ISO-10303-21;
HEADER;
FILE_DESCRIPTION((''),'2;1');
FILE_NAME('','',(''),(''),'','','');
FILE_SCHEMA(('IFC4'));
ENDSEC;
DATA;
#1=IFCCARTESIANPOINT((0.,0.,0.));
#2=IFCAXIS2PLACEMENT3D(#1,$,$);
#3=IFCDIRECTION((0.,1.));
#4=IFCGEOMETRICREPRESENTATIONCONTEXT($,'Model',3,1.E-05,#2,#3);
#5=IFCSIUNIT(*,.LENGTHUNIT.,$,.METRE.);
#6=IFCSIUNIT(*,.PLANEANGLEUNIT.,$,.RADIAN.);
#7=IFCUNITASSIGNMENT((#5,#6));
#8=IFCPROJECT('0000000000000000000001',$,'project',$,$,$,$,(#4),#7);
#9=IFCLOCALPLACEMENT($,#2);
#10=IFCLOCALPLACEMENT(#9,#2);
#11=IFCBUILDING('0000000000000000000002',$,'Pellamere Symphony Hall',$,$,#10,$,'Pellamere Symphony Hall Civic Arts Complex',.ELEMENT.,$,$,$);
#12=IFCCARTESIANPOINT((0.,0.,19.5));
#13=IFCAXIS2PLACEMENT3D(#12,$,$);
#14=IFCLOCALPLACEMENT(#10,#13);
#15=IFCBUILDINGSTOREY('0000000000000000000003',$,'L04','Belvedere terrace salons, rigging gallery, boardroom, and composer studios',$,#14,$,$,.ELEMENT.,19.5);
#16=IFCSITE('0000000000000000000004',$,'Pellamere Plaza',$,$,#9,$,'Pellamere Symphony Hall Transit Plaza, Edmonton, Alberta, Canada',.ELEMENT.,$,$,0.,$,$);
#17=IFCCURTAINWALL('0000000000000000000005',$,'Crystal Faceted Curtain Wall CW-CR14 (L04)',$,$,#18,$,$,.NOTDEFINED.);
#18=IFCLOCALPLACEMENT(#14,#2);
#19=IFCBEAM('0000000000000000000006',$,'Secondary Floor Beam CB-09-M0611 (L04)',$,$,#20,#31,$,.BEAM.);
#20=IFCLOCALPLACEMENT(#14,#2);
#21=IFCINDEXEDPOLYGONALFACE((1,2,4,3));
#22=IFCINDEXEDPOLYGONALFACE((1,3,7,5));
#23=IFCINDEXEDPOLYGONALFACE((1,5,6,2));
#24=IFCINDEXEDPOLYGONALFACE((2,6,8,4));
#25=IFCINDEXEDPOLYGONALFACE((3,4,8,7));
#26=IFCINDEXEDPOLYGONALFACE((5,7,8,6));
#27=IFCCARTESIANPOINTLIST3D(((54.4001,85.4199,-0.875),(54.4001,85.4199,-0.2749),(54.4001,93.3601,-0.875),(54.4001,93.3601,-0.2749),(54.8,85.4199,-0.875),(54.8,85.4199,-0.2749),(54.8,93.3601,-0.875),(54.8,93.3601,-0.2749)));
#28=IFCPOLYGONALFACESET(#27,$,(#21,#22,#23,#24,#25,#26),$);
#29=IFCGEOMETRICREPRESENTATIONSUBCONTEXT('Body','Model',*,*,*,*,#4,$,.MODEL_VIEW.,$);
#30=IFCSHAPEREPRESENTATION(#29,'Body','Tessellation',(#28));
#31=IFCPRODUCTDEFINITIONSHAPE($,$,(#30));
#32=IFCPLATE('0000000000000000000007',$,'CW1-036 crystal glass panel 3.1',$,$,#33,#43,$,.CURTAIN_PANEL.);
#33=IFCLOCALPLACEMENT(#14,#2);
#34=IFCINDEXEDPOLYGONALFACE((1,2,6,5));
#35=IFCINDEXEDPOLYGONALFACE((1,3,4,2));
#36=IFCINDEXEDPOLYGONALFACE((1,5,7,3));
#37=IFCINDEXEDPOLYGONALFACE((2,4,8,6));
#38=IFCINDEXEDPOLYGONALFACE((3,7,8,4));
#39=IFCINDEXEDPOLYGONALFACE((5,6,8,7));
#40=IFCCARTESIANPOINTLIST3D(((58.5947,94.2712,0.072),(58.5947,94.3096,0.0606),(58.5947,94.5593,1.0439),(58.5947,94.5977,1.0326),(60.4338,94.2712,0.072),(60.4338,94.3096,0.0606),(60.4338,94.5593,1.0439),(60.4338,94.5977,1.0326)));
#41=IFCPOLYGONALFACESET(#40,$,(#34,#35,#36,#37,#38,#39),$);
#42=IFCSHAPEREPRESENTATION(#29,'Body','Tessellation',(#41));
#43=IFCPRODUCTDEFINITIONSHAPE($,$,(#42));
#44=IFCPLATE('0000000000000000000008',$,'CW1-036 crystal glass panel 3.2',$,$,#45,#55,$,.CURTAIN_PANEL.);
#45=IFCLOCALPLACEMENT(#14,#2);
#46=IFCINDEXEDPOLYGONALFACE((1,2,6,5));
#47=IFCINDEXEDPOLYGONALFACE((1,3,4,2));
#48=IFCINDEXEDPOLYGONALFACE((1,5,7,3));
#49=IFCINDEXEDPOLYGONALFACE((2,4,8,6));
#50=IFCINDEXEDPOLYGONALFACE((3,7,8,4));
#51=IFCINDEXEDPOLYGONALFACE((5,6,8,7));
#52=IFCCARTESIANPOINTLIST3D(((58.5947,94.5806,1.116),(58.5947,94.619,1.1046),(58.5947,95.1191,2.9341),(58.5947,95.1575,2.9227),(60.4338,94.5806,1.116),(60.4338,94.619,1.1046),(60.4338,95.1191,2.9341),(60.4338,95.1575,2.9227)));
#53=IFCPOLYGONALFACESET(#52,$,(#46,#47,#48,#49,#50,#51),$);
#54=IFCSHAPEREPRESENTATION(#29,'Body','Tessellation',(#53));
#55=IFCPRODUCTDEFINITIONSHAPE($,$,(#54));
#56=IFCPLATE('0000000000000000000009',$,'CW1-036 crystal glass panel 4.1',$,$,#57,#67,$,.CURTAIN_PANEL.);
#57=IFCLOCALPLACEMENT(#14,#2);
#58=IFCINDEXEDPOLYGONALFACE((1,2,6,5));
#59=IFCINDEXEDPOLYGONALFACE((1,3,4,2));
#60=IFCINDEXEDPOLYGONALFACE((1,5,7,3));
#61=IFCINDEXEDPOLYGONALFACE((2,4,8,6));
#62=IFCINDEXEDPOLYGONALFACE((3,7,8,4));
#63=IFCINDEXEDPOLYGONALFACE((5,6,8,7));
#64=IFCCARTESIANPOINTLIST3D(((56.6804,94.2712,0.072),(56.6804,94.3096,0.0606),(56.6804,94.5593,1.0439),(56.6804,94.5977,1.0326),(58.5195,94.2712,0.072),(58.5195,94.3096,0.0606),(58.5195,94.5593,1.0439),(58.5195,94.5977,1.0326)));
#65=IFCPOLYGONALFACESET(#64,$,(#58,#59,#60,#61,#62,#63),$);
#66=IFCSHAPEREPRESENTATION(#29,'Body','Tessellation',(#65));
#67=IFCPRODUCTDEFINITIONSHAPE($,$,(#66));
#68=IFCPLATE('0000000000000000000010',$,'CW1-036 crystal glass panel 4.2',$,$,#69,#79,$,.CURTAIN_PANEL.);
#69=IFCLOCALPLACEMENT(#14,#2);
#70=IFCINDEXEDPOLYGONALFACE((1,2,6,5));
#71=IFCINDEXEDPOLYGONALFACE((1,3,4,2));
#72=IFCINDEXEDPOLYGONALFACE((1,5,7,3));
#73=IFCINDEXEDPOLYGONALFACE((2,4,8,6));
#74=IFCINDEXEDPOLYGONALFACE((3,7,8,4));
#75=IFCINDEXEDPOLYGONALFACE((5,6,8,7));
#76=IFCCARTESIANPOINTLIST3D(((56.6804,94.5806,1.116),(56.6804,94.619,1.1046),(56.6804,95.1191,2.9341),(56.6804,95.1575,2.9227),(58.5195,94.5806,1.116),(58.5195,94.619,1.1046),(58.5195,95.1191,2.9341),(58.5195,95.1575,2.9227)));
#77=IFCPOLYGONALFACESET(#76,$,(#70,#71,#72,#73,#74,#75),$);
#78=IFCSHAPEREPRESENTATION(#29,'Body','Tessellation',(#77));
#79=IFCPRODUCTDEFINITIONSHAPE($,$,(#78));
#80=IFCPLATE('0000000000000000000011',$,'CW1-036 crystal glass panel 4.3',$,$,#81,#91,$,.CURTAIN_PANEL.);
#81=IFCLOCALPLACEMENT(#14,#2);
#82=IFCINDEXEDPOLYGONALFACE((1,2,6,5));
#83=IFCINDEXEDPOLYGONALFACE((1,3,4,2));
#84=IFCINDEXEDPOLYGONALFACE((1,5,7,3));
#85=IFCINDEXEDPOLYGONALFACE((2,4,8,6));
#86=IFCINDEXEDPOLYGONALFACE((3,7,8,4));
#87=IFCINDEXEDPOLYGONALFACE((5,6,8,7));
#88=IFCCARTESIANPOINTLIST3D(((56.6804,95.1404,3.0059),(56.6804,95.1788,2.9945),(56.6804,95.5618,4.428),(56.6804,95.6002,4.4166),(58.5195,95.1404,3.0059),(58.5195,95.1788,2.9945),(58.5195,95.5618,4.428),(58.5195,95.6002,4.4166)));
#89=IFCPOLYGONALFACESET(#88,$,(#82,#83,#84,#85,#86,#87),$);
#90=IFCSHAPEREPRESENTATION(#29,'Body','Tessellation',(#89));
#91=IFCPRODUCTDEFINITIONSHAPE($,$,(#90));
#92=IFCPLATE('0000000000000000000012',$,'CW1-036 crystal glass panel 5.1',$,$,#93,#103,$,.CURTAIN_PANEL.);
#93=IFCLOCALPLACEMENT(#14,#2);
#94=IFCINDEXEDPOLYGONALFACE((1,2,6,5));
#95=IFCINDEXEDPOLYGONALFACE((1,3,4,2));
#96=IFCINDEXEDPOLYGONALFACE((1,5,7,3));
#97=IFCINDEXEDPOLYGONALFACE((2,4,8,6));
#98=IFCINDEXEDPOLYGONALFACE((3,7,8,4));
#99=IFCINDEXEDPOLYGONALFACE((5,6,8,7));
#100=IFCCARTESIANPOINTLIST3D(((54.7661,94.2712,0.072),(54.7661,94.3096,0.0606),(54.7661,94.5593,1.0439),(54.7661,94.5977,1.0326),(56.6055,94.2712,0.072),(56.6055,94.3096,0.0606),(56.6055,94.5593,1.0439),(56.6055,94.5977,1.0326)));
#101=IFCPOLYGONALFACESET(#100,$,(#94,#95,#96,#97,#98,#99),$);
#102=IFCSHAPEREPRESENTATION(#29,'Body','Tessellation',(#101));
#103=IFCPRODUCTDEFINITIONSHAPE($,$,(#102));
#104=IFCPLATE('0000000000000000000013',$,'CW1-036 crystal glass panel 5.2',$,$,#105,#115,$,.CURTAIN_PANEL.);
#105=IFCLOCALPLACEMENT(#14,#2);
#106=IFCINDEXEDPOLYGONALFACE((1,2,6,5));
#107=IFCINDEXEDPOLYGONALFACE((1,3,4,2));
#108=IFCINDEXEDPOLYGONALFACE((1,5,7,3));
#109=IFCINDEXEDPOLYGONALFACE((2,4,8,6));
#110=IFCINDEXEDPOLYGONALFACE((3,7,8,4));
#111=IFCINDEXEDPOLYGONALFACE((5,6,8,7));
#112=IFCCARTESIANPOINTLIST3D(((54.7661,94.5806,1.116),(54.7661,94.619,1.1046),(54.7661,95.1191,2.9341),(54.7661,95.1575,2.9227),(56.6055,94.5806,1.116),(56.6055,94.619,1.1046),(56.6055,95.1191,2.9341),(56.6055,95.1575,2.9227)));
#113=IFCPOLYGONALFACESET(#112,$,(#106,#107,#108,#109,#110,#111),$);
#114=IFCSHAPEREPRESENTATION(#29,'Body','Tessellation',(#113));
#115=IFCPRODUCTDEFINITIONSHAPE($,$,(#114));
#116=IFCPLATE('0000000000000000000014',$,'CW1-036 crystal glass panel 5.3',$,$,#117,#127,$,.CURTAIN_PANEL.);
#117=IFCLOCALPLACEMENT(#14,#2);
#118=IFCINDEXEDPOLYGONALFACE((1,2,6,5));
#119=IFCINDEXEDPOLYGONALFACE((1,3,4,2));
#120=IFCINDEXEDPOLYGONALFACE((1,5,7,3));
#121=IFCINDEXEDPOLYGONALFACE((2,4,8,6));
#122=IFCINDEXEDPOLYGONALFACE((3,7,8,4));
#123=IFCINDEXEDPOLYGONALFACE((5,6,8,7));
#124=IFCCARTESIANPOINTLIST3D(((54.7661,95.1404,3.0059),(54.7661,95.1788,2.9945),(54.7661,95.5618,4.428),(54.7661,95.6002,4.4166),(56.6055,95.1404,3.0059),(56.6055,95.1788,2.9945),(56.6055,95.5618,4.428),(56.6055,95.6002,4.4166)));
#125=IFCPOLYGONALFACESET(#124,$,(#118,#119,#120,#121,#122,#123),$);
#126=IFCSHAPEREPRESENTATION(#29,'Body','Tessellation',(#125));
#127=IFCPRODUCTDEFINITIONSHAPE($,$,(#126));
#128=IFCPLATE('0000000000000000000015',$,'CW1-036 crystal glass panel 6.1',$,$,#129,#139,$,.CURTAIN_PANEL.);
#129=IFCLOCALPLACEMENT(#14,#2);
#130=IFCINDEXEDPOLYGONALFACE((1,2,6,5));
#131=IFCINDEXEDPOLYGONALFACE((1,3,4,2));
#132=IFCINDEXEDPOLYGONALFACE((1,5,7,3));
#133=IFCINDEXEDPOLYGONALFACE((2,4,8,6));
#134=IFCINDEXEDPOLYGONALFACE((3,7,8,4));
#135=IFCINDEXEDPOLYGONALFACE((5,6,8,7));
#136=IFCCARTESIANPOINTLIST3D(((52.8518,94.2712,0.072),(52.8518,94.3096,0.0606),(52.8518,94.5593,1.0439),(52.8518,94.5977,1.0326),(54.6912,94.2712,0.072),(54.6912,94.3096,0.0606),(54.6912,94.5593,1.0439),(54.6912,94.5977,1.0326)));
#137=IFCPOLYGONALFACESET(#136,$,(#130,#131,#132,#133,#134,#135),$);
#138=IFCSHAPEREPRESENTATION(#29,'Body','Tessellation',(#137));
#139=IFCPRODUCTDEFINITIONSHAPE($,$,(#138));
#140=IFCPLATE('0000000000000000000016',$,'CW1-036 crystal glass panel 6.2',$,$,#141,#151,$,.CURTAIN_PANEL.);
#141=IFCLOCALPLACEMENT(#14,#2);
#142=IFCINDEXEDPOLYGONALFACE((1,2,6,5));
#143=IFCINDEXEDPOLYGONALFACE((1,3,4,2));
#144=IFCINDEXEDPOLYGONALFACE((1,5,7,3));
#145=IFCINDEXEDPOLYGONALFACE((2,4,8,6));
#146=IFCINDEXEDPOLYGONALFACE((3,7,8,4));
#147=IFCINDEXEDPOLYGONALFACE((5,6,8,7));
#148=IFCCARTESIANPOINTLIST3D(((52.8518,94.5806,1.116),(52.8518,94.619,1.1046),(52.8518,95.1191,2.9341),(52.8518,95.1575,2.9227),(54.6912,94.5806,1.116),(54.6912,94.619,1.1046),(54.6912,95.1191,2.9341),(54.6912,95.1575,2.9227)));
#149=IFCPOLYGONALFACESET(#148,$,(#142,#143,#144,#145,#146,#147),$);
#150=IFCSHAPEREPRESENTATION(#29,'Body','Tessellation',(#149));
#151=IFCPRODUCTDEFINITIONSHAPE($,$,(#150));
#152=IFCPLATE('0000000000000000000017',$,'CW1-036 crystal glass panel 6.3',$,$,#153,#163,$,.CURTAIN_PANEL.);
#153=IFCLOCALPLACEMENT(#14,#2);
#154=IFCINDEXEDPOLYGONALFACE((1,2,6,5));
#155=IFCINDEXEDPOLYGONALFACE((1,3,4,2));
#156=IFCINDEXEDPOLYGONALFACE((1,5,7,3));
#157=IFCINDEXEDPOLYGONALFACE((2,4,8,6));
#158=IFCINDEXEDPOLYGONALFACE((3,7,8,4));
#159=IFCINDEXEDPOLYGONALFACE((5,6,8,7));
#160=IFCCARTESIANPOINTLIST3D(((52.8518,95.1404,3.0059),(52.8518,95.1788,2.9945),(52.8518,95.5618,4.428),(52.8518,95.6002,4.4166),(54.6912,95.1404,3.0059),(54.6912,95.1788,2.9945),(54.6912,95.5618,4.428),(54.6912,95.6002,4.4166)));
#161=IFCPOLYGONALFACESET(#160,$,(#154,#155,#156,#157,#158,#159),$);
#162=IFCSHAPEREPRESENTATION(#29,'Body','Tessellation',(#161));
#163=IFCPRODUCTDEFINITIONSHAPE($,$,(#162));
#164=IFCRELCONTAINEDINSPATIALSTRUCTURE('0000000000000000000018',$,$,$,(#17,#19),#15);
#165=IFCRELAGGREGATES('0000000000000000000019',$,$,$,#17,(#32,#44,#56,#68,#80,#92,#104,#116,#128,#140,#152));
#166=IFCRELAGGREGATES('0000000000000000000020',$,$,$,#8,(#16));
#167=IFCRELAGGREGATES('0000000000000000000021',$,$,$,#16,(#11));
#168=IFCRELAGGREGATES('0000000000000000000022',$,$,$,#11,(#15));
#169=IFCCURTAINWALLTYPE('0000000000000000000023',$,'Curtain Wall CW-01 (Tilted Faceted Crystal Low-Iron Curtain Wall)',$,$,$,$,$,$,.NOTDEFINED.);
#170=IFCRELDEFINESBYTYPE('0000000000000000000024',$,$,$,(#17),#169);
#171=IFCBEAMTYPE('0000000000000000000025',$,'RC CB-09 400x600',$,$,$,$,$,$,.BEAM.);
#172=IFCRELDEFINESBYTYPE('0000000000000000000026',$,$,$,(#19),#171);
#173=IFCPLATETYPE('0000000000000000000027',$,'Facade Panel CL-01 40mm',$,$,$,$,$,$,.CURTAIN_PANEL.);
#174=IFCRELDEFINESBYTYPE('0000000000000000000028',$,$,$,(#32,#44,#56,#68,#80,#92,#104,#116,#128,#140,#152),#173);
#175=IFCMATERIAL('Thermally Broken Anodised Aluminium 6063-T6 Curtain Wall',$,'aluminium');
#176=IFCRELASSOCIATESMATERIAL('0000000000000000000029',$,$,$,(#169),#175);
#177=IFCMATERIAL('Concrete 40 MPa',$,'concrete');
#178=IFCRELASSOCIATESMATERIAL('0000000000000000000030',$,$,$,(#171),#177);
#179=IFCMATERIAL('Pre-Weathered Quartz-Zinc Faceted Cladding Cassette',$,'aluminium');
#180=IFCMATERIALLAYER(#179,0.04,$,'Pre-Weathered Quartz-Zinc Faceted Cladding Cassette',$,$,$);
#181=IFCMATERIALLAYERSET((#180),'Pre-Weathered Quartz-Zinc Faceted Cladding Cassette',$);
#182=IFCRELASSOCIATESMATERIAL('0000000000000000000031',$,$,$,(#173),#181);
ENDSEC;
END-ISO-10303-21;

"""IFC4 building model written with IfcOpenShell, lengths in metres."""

from ifc_helpers import new_model, si_unit, direction, frame, origin, origin_2d, place, context, subcontext, project, spatial, polyline, rectangle, outline, extrude, material, layer, layer_set, material_profile, profile_set, type_object, element, aggregate, save


model = new_model("IFC4")

# Units and contexts
model_context = context("Model", 3, precision=1e-05, world=origin(), true_north=direction((0.0, 1.0)))
body_context = subcontext(model_context, "Body", "Model", "MODEL_VIEW")
ifc_project = project(units=[si_unit("LENGTHUNIT", "METRE"), si_unit("PLANEANGLEUNIT", "RADIAN")], contexts=[model_context])

# Site, building, storey
site_placement = place(None, origin())
site = spatial("IfcSite", under=ifc_project, at=site_placement, Name="Pellamere Plaza", LongName="Pellamere Symphony Hall Transit Plaza, Edmonton, Alberta, Canada", CompositionType="ELEMENT", RefElevation=0.0)
building_placement = place(site_placement, origin())
building = spatial("IfcBuilding", under=site, at=building_placement, Name="Pellamere Symphony Hall", LongName="Pellamere Symphony Hall Civic Arts Complex", CompositionType="ELEMENT")
storey_placement = place(building_placement, frame((0.0, 0.0, 19.5)))
storey = spatial("IfcBuildingStorey", under=building, at=storey_placement, Name="L04", Description="Belvedere terrace salons, rigging gallery, boardroom, and composer studios", CompositionType="ELEMENT", Elevation=19.5)

# Shared definitions
ifc_material_1 = material(Name="Concrete 40 MPa", Category="concrete")

# Curtain wall
ifc_material_2 = material(Name="Thermally Broken Anodised Aluminium 6063-T6 Curtain Wall", Category="aluminium")
curtain_wall_type = type_object("IfcCurtainWallType", Name="Curtain Wall CW-01 (Tilted Faceted Crystal Low-Iron Curtain Wall)", PredefinedType="NOTDEFINED", material=ifc_material_2)
curtain_wall_placement = place(storey_placement, origin())
curtain_wall = element("IfcCurtainWall", 1, at=curtain_wall_placement, inside=storey, type_object=curtain_wall_type, Name="Crystal Faceted Curtain Wall CW-CR14 (L04)", PredefinedType="NOTDEFINED")

# Beam
ifc_material_profile_1 = material_profile(ifc_material_1, rectangle(XDim=0.3999, YDim=0.6001, at=origin_2d()), Name="RC 400x600")
ifc_profile_set_1 = profile_set([ifc_material_profile_1], Name="Concrete 40 MPa")
beam_type_1 = type_object("IfcBeamType", Name="RC CB-09 400x600", PredefinedType="BEAM", material=ifc_profile_set_1)
beam_1_placement = place(storey_placement, frame((54.6001, 85.4199, -0.575), z_axis=(0.0, 1.0, 0.0), x_axis=(-1.0, 0.0, 0.0)))
element("IfcBeam", 2, at=beam_1_placement, inside=storey, type_object=beam_type_1, Name="Secondary Floor Beam CB-09-M0611 (L04)", PredefinedType="BEAM", context=body_context, shape_type="SweptSolid", body=[
    extrude(rectangle(XDim=0.3999, YDim=0.6001, at=origin_2d()), origin(), (0.0, 0.0, 1.0), 7.9402),
])

# Plates
ifc_material_3 = material(Name="Pre-Weathered Quartz-Zinc Faceted Cladding Cassette", Category="aluminium")
ifc_layer = layer(ifc_material_3, 0.04, Name="Pre-Weathered Quartz-Zinc Faceted Cladding Cassette")
ifc_layer_set = layer_set([ifc_layer], Name="Pre-Weathered Quartz-Zinc Faceted Cladding Cassette")
plate_type = type_object("IfcPlateType", Name="Facade Panel CL-01 40mm", PredefinedType="CURTAIN_PANEL", material=ifc_layer_set)
plate_1_placement = place(storey_placement, frame((60.4338, 94.2712, 0.072), z_axis=(0.0, -0.958769, 0.284187), x_axis=(-1.0, 0.0, 0.0)))
plate_1 = element("IfcPlate", 3, at=plate_1_placement, type_object=plate_type, Name="CW1-036 crystal glass panel 3.1", PredefinedType="CURTAIN_PANEL", context=body_context, shape_type="SweptSolid", body=[
    extrude(outline(polyline([(0.0, 0.0), (1.8391, 0.0), (1.8391, -1.0137), (0.0, -1.0137), (0.0, 0.0)])), origin(), (0.0, 0.0, -1.0), 0.04),
])
plate_2_placement = place(storey_placement, frame((60.4338, 94.5806, 1.116), z_axis=(0.0, -0.958816, 0.284027), x_axis=(-1.0, 0.0, 0.0)))
plate_2 = element("IfcPlate", 4, at=plate_2_placement, type_object=plate_type, Name="CW1-036 crystal glass panel 3.2", PredefinedType="CURTAIN_PANEL", context=body_context, shape_type="SweptSolid", body=[
    extrude(outline(polyline([(0.0, 0.0), (1.8391, 0.0), (1.8391, -1.8962), (0.0, -1.8962), (0.0, 0.0)])), origin(), (0.0, 0.0, -1.0), 0.04),
])
plate_3_placement = place(storey_placement, frame((58.5195, 94.2712, 0.072), z_axis=(0.0, -0.958769, 0.284187), x_axis=(-1.0, 0.0, 0.0)))
plate_3 = element("IfcPlate", 5, at=plate_3_placement, type_object=plate_type, Name="CW1-036 crystal glass panel 4.1", PredefinedType="CURTAIN_PANEL", context=body_context, shape_type="SweptSolid", body=[
    extrude(outline(polyline([(0.0, 0.0), (1.8391, 0.0), (1.8391, -1.0137), (0.0, -1.0137), (0.0, 0.0)])), origin(), (0.0, 0.0, -1.0), 0.04),
])
plate_4_placement = place(storey_placement, frame((58.5195, 94.5806, 1.116), z_axis=(0.0, -0.958816, 0.284027), x_axis=(-1.0, 0.0, 0.0)))
plate_4 = element("IfcPlate", 6, at=plate_4_placement, type_object=plate_type, Name="CW1-036 crystal glass panel 4.2", PredefinedType="CURTAIN_PANEL", context=body_context, shape_type="SweptSolid", body=[
    extrude(outline(polyline([(0.0, 0.0), (1.8391, 0.0), (1.8391, -1.8962), (0.0, -1.8962), (0.0, 0.0)])), origin(), (0.0, 0.0, -1.0), 0.04),
])
plate_5_placement = place(storey_placement, frame((58.5195, 95.1404, 3.0059), z_axis=(0.0, -0.958795, 0.2841), x_axis=(-1.0, 0.0, 0.0)))
plate_5 = element("IfcPlate", 7, at=plate_5_placement, type_object=plate_type, Name="CW1-036 crystal glass panel 4.3", PredefinedType="CURTAIN_PANEL", context=body_context, shape_type="SweptSolid", body=[
    extrude(outline(polyline([(0.0, 0.0), (1.8391, 0.0), (1.8391, -1.4832), (0.0, -1.4832), (0.0, 0.0)])), origin(), (0.0, 0.0, -1.0), 0.04),
])
plate_6_placement = place(storey_placement, frame((56.6055, 94.2712, 0.072), z_axis=(0.0, -0.958769, 0.284187), x_axis=(-1.0, 0.0, 0.0)))
plate_6 = element("IfcPlate", 8, at=plate_6_placement, type_object=plate_type, Name="CW1-036 crystal glass panel 5.1", PredefinedType="CURTAIN_PANEL", context=body_context, shape_type="SweptSolid", body=[
    extrude(outline(polyline([(0.0, 0.0), (1.8394, 0.0), (1.8394, -1.0137), (0.0, -1.0137), (0.0, 0.0)])), origin(), (0.0, 0.0, -1.0), 0.04),
])
plate_7_placement = place(storey_placement, frame((56.6055, 94.5806, 1.116), z_axis=(0.0, -0.958816, 0.284027), x_axis=(-1.0, 0.0, 0.0)))
plate_7 = element("IfcPlate", 9, at=plate_7_placement, type_object=plate_type, Name="CW1-036 crystal glass panel 5.2", PredefinedType="CURTAIN_PANEL", context=body_context, shape_type="SweptSolid", body=[
    extrude(outline(polyline([(0.0, 0.0), (1.8394, 0.0), (1.8394, -1.8962), (0.0, -1.8962), (0.0, 0.0)])), origin(), (0.0, 0.0, -1.0), 0.04),
])
plate_8_placement = place(storey_placement, frame((56.6055, 95.1404, 3.0059), z_axis=(0.0, -0.958795, 0.2841), x_axis=(-1.0, 0.0, 0.0)))
plate_8 = element("IfcPlate", 10, at=plate_8_placement, type_object=plate_type, Name="CW1-036 crystal glass panel 5.3", PredefinedType="CURTAIN_PANEL", context=body_context, shape_type="SweptSolid", body=[
    extrude(outline(polyline([(0.0, 0.0), (1.8394, 0.0), (1.8394, -1.4832), (0.0, -1.4832), (0.0, 0.0)])), origin(), (0.0, 0.0, -1.0), 0.04),
])
plate_9_placement = place(storey_placement, frame((54.6912, 94.2712, 0.072), z_axis=(0.0, -0.958769, 0.284187), x_axis=(-1.0, 0.0, 0.0)))
plate_9 = element("IfcPlate", 11, at=plate_9_placement, type_object=plate_type, Name="CW1-036 crystal glass panel 6.1", PredefinedType="CURTAIN_PANEL", context=body_context, shape_type="SweptSolid", body=[
    extrude(outline(polyline([(0.0, 0.0), (1.8394, 0.0), (1.8394, -1.0137), (0.0, -1.0137), (0.0, 0.0)])), origin(), (0.0, 0.0, -1.0), 0.04),
])
plate_10_placement = place(storey_placement, frame((54.6912, 94.5806, 1.116), z_axis=(0.0, -0.958816, 0.284027), x_axis=(-1.0, 0.0, 0.0)))
plate_10 = element("IfcPlate", 12, at=plate_10_placement, type_object=plate_type, Name="CW1-036 crystal glass panel 6.2", PredefinedType="CURTAIN_PANEL", context=body_context, shape_type="SweptSolid", body=[
    extrude(outline(polyline([(0.0, 0.0), (1.8394, 0.0), (1.8394, -1.8962), (0.0, -1.8962), (0.0, 0.0)])), origin(), (0.0, 0.0, -1.0), 0.04),
])
plate_11_placement = place(storey_placement, frame((54.6912, 95.1404, 3.0059), z_axis=(0.0, -0.958795, 0.2841), x_axis=(-1.0, 0.0, 0.0)))
plate_11 = element("IfcPlate", 13, at=plate_11_placement, type_object=plate_type, Name="CW1-036 crystal glass panel 6.3", PredefinedType="CURTAIN_PANEL", context=body_context, shape_type="SweptSolid", body=[
    extrude(outline(polyline([(0.0, 0.0), (1.8394, 0.0), (1.8394, -1.4832), (0.0, -1.4832), (0.0, 0.0)])), origin(), (0.0, 0.0, -1.0), 0.04),
])
aggregate(curtain_wall, [plate_1, plate_2, plate_3, plate_4, plate_5, plate_6, plate_7, plate_8, plate_9, plate_10, plate_11])

save(model, "model.ifc")
